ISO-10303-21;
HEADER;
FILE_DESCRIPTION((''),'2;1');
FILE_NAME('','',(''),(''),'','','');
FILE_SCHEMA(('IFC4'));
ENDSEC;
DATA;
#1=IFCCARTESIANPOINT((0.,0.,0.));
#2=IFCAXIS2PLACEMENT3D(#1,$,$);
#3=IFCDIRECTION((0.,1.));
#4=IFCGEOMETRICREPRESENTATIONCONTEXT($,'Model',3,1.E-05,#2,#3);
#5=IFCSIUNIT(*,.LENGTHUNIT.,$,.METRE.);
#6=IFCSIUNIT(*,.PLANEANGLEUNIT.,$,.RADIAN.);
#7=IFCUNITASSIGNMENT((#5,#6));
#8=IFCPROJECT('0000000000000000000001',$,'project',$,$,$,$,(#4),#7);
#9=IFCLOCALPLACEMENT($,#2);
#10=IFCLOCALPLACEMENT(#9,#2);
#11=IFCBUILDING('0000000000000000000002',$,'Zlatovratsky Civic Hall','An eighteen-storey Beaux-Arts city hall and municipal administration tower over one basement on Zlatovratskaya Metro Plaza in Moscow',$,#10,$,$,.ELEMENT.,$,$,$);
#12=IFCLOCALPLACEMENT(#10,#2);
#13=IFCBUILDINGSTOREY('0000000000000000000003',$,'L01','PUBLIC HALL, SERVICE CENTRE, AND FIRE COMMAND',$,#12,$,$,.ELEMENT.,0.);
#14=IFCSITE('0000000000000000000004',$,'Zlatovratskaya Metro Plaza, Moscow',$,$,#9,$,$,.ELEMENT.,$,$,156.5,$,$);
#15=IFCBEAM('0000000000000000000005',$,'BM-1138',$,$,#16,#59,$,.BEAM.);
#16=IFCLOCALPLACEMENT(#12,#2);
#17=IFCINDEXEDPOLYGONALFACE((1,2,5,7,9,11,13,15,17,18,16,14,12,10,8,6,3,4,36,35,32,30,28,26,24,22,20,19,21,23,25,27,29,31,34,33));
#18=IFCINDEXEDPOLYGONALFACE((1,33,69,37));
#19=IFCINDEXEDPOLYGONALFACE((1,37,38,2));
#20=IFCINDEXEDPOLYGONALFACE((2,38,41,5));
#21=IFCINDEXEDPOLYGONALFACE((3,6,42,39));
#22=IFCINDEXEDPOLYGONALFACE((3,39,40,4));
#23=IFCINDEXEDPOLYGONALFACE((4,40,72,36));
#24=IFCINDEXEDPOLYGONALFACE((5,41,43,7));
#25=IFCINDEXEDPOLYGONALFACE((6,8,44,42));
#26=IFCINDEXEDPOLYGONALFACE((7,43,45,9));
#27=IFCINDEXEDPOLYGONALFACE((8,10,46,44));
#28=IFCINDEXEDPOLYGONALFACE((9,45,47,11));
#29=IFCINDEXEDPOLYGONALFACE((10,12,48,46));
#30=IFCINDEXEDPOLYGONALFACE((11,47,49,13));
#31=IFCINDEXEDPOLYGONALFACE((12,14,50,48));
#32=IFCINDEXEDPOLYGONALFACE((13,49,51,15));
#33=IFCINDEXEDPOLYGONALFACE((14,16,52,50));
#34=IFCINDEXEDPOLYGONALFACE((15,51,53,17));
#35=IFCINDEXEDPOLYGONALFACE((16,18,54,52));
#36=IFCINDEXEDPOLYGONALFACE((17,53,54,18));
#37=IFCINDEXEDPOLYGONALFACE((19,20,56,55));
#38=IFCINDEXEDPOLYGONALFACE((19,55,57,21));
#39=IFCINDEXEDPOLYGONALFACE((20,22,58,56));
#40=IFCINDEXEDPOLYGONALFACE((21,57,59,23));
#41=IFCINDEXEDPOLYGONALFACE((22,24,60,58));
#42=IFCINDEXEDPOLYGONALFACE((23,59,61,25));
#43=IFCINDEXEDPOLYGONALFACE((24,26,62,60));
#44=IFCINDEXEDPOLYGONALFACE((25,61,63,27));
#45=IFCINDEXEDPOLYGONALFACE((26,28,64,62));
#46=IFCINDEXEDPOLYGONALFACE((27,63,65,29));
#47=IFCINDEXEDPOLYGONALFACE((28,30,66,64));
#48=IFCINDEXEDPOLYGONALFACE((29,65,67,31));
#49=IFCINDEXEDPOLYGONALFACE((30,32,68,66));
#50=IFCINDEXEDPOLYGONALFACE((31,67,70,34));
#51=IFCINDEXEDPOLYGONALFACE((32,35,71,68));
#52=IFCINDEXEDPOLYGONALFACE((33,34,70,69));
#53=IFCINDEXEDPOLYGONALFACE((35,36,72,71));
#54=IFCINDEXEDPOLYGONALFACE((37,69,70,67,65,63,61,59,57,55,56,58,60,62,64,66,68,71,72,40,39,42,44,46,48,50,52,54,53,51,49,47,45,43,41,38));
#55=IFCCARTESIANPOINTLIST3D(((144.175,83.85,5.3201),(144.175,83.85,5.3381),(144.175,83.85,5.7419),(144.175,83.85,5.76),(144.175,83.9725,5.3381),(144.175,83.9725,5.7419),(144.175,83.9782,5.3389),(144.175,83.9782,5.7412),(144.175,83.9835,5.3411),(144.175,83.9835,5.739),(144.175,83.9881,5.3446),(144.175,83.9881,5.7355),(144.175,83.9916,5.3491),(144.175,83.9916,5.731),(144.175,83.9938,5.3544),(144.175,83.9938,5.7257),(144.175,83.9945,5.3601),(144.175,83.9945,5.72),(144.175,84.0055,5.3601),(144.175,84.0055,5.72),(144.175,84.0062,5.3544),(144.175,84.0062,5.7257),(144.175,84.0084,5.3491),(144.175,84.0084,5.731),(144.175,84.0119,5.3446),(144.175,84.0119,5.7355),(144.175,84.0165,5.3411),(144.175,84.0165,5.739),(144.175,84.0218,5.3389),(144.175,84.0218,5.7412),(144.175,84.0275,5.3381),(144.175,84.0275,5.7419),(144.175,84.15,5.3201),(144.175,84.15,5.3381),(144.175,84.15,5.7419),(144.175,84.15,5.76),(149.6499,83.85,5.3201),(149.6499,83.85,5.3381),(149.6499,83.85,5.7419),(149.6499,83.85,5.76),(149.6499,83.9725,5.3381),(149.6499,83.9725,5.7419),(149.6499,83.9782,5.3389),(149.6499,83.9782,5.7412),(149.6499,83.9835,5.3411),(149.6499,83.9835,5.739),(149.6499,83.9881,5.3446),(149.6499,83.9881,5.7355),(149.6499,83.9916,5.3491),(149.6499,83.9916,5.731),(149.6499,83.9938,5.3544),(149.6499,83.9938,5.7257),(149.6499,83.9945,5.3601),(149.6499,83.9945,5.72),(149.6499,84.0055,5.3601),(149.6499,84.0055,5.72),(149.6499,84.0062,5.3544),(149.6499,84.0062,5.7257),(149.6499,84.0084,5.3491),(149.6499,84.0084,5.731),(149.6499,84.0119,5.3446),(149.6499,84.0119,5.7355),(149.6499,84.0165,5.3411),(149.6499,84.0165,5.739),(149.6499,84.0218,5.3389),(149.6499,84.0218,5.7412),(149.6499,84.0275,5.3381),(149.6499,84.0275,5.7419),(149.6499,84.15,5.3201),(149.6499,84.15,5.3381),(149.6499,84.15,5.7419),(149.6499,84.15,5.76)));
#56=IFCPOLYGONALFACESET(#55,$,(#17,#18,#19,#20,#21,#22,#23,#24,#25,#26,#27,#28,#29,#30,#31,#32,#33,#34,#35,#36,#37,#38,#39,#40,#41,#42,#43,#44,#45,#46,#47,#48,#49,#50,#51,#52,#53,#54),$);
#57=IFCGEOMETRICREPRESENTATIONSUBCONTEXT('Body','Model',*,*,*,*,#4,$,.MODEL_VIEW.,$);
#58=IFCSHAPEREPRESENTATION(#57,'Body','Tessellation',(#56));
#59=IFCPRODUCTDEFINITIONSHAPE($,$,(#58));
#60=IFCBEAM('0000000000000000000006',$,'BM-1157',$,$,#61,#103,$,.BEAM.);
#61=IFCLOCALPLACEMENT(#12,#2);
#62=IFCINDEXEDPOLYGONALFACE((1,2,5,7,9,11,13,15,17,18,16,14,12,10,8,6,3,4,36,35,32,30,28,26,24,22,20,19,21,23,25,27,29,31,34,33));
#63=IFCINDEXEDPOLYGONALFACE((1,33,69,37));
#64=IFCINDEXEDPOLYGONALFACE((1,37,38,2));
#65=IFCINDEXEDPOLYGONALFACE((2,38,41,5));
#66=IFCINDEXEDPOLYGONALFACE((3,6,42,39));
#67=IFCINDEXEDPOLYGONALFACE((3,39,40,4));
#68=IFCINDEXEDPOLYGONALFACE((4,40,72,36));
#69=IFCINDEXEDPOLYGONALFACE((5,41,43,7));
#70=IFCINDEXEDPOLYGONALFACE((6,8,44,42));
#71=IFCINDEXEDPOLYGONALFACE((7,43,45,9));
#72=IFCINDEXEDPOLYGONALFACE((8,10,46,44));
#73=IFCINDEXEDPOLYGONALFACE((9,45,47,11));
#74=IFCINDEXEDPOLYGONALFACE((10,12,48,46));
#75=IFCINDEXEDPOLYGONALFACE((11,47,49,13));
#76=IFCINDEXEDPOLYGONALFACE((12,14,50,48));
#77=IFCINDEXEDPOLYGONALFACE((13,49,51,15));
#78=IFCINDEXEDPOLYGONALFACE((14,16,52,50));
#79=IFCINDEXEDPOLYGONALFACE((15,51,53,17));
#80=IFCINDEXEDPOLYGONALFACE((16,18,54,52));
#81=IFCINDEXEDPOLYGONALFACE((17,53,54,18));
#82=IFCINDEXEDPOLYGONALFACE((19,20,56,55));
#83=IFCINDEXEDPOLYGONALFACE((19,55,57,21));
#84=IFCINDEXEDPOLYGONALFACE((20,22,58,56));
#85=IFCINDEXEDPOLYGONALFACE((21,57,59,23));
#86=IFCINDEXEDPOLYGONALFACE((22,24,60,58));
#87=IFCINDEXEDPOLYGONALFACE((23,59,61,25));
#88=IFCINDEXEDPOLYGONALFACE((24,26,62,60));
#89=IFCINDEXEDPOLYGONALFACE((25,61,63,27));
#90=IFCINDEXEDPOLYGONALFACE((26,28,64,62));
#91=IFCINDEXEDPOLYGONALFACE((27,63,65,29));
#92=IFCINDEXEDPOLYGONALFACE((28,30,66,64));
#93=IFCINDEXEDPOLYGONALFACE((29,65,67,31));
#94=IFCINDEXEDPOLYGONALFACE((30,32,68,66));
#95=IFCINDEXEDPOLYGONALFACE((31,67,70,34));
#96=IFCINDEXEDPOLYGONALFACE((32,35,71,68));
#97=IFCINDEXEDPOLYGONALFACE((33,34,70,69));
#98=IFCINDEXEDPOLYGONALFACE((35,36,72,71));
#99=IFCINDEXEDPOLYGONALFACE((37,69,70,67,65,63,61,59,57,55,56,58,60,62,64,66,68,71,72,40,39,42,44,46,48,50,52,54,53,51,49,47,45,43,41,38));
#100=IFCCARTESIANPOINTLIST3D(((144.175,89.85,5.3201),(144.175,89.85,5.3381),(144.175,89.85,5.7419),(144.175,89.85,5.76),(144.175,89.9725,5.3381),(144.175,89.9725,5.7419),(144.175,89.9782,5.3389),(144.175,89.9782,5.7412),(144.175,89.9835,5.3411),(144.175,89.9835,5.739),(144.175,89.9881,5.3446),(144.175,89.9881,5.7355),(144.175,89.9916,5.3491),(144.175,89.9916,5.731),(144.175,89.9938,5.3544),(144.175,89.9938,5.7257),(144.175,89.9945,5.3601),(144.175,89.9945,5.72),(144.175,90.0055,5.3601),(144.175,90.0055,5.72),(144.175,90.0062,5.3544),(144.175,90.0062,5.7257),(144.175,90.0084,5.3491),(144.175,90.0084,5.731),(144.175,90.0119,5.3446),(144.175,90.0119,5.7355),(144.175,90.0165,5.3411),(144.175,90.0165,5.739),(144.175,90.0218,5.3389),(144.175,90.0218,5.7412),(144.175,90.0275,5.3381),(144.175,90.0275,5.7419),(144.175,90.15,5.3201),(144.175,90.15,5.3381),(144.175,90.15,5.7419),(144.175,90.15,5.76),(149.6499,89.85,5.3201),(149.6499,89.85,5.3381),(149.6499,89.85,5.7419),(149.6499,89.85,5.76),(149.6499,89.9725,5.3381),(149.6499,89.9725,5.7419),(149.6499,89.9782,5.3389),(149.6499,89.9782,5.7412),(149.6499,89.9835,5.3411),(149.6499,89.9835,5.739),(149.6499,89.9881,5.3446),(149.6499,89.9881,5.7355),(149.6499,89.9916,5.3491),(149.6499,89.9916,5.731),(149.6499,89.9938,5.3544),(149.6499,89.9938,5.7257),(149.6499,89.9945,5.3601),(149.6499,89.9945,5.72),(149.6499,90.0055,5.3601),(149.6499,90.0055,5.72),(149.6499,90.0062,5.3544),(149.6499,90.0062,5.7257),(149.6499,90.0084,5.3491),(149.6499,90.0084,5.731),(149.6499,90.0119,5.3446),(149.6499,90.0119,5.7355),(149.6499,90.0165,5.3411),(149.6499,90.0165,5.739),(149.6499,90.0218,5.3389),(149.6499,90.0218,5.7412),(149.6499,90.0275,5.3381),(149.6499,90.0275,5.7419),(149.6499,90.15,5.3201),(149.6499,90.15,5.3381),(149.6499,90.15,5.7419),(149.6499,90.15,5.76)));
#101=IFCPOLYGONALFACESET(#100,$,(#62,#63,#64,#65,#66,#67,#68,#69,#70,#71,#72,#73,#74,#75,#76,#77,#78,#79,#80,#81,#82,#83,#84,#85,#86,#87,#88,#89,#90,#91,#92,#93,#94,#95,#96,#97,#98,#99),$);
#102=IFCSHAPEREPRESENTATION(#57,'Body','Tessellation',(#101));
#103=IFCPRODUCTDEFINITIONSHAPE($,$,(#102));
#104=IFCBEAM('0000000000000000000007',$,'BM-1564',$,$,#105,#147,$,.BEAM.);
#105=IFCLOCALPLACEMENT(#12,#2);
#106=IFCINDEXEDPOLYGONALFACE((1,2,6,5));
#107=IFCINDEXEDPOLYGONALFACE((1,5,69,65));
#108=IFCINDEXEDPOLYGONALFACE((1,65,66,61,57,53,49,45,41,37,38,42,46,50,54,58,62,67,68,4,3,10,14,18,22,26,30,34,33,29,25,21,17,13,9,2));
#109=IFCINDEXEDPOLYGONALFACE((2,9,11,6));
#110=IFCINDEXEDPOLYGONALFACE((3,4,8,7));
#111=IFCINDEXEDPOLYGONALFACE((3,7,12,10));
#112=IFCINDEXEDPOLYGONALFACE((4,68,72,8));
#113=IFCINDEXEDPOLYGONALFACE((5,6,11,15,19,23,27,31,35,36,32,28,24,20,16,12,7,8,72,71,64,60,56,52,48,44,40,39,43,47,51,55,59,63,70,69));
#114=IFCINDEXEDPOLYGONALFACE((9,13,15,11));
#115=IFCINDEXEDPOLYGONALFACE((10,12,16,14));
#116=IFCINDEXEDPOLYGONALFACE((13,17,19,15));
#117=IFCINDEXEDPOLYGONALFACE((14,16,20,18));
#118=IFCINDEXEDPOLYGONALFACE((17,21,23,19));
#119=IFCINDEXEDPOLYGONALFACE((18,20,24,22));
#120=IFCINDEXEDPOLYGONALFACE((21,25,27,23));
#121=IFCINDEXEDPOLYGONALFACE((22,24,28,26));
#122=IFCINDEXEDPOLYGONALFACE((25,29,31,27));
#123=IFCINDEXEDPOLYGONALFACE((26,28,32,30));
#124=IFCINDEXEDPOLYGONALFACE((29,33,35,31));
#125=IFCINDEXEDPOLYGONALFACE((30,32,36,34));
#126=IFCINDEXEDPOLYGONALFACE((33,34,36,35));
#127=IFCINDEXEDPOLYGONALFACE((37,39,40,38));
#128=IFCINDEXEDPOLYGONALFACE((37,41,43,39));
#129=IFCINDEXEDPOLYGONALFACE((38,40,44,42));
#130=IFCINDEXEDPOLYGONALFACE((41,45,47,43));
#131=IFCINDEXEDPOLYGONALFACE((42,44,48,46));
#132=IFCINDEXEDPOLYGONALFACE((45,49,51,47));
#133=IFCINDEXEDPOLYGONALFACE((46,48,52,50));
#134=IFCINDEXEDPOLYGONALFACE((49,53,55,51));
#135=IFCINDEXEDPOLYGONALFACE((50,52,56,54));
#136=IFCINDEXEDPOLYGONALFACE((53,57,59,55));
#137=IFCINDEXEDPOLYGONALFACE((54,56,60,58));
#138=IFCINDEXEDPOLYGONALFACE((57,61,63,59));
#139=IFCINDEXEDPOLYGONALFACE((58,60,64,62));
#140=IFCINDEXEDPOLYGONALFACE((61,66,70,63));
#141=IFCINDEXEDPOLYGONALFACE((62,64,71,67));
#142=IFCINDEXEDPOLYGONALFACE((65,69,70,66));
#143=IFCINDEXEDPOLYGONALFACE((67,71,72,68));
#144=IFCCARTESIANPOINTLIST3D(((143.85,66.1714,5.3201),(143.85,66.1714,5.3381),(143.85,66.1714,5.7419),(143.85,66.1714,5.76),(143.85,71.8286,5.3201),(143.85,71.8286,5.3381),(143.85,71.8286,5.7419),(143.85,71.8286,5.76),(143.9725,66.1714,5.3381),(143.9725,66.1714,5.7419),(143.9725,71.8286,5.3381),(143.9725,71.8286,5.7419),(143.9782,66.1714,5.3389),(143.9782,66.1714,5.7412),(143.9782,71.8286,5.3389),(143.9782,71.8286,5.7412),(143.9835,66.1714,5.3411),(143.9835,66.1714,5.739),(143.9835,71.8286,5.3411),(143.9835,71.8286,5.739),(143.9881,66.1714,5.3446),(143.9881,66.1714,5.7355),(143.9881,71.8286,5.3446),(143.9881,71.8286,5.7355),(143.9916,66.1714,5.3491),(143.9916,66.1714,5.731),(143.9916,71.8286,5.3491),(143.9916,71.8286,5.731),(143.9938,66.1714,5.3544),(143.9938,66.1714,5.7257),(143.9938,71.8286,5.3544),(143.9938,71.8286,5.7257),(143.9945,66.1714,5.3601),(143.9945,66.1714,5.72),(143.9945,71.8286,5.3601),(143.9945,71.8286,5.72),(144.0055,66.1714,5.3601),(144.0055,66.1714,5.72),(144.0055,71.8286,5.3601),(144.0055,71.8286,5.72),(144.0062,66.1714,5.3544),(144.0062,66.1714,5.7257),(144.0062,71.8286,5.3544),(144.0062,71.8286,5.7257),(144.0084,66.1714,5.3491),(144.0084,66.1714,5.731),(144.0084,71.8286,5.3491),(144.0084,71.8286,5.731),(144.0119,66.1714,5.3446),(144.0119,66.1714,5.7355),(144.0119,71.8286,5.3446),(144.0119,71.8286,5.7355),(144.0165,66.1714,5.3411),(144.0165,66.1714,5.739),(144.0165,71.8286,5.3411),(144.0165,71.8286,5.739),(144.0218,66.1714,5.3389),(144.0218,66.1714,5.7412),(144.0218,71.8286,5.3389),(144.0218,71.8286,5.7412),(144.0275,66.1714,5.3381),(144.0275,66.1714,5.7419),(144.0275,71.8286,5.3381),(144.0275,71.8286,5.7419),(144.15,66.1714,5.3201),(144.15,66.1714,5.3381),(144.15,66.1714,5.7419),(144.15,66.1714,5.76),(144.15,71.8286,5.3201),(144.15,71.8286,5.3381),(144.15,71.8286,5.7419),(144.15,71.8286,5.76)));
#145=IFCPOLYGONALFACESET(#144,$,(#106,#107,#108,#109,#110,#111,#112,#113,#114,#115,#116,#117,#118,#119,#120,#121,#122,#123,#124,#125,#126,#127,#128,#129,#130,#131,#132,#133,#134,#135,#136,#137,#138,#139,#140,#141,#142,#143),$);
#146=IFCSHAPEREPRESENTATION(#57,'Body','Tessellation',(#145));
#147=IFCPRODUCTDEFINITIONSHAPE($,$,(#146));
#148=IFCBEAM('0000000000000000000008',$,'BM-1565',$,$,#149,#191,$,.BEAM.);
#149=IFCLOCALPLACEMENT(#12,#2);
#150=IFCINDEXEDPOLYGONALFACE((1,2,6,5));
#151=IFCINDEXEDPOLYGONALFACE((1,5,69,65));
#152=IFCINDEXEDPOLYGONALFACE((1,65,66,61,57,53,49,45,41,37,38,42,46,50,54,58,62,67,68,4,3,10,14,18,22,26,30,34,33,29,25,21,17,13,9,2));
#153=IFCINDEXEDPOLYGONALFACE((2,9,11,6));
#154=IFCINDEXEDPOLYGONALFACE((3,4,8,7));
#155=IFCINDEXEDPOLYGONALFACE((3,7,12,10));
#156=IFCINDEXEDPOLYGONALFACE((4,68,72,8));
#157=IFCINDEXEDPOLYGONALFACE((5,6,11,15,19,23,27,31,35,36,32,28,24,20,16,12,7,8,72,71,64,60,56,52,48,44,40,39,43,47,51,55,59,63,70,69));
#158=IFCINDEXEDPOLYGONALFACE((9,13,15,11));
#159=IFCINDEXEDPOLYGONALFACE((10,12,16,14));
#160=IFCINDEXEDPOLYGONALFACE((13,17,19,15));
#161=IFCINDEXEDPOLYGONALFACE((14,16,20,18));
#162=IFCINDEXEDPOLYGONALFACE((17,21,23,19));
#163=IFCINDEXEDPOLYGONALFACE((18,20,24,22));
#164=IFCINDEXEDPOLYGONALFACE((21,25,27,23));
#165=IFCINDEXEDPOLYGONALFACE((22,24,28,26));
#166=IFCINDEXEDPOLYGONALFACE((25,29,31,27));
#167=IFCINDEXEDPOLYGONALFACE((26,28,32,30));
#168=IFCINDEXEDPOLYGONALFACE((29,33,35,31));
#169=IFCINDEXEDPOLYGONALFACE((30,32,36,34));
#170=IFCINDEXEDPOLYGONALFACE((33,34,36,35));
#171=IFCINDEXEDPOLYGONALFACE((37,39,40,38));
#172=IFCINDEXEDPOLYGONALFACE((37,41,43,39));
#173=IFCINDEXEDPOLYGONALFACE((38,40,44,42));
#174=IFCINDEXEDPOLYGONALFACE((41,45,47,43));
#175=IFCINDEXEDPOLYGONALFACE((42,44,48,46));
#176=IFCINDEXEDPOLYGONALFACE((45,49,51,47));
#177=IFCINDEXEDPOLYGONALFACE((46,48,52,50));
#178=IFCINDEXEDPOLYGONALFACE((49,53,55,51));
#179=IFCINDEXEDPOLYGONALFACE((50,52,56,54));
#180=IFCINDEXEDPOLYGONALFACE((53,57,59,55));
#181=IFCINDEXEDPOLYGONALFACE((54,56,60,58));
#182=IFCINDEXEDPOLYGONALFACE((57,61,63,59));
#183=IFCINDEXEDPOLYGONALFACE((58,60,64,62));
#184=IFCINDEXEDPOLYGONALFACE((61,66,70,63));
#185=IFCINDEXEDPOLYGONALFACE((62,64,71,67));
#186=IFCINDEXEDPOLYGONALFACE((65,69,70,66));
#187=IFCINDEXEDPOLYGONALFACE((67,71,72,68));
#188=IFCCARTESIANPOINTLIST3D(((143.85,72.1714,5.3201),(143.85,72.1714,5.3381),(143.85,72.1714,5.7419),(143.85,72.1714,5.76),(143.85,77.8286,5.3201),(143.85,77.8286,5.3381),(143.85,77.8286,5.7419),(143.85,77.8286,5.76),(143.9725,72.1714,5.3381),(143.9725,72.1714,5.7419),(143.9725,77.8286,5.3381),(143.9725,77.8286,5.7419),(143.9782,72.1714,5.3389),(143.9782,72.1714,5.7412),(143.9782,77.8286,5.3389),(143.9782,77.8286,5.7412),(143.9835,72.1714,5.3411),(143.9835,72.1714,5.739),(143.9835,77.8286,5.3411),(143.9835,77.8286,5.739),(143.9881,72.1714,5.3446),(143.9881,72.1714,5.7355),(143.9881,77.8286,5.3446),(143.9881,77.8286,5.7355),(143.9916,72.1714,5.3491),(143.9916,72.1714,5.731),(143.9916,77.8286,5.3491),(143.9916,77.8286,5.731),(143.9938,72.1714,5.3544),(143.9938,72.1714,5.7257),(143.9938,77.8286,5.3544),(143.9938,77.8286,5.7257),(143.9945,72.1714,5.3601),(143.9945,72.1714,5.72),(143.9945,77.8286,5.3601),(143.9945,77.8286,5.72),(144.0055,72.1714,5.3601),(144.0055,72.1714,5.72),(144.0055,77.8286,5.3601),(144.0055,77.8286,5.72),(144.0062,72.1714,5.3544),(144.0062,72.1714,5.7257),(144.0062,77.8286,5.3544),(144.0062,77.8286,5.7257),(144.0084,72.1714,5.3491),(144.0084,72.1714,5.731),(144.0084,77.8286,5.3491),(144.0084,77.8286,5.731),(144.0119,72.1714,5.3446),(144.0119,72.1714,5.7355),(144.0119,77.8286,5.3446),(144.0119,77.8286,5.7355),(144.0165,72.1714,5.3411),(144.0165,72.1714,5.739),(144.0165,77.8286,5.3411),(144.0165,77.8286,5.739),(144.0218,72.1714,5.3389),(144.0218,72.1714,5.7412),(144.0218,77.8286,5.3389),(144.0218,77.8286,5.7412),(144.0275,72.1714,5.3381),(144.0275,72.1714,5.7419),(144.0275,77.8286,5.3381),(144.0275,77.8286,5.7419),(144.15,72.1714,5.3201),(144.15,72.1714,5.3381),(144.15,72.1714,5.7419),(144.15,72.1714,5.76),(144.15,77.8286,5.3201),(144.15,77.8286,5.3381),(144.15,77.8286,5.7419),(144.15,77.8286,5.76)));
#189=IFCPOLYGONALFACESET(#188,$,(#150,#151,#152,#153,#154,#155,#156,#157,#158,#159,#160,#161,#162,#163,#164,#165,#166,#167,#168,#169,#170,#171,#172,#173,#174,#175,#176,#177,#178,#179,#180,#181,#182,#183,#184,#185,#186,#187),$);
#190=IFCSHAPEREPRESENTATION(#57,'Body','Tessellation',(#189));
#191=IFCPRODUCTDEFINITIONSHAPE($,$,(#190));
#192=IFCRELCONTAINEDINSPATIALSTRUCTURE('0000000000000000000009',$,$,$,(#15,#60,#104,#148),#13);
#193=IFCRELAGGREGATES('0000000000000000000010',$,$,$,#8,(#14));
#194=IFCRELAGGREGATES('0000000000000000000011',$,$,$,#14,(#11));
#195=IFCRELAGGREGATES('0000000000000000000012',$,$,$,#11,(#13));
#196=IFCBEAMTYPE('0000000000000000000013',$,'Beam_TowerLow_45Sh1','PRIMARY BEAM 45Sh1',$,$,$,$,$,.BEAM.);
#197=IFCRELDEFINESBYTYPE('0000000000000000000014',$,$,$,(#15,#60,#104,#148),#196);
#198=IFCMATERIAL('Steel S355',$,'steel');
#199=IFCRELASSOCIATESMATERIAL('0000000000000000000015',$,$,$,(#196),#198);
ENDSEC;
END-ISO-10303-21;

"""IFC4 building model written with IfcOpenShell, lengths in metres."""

from ifc_helpers import new_model, si_unit, direction, frame, origin, origin_2d, place, context, subcontext, project, spatial, i_section, extrude, material, material_profile, profile_set, type_object, element, save


model = new_model("IFC4")

# Units and contexts
model_context = context("Model", 3, precision=1e-05, world=origin(), true_north=direction((0.0, 1.0)))
body_context = subcontext(model_context, "Body", "Model", "MODEL_VIEW")
ifc_project = project(units=[si_unit("LENGTHUNIT", "METRE"), si_unit("PLANEANGLEUNIT", "RADIAN")], contexts=[model_context])

# Site, building, storey
site_placement = place(None, origin())
site = spatial("IfcSite", under=ifc_project, at=site_placement, Name="Zlatovratskaya Metro Plaza, Moscow", CompositionType="ELEMENT", RefElevation=156.5)
building_placement = place(site_placement, origin())
building = spatial("IfcBuilding", under=site, at=building_placement, Name="Zlatovratsky Civic Hall", Description="An eighteen-storey Beaux-Arts city hall and municipal administration tower over one basement on Zlatovratskaya Metro Plaza in Moscow", CompositionType="ELEMENT")
storey_placement = place(building_placement, origin())
storey = spatial("IfcBuildingStorey", under=building, at=storey_placement, Name="L01", Description="PUBLIC HALL, SERVICE CENTRE, AND FIRE COMMAND", CompositionType="ELEMENT", Elevation=0.0)

# Shared definitions
ifc_material_1 = material(Name="Steel S355", Category="steel")

# Beams
ifc_material_profile_1 = material_profile(ifc_material_1, i_section(OverallWidth=0.3, OverallDepth=0.4399, WebThickness=0.011, FlangeThickness=0.0181, FilletRadius=0.022, at=origin_2d()), Name="45Sh1")
ifc_profile_set_1 = profile_set([ifc_material_profile_1], Name="Steel S355")
beam_type_1 = type_object("IfcBeamType", Name="Beam_TowerLow_45Sh1", Description="PRIMARY BEAM 45Sh1", PredefinedType="BEAM", material=ifc_profile_set_1)
for number, where, z_axis, x_axis, name in (
    (1, (144.175, 84.0, 5.54), (1.0, 0.0, 0.0), (0.0, 1.0, 0.0), "BM-1138"),
    (2, (144.175, 90.0, 5.54), (1.0, 0.0, 0.0), (0.0, 1.0, 0.0), "BM-1157"),
):
    element("IfcBeam", number, at=place(storey_placement, frame(where, z_axis=z_axis, x_axis=x_axis)), inside=storey, type_object=beam_type_1, Name=name, PredefinedType="BEAM", context=body_context, shape_type="SweptSolid", body=[
        extrude(i_section(OverallWidth=0.3, OverallDepth=0.4399, WebThickness=0.011, FlangeThickness=0.0181, FilletRadius=0.022, at=origin_2d()), origin(), (0.0, 0.0, 1.0), 5.4749),
    ])
for number, where, z_axis, x_axis, name in (
    (3, (144.0, 66.1714, 5.54), (0.0, 1.0, 0.0), (-1.0, 0.0, 0.0), "BM-1564"),
    (4, (144.0, 72.1714, 5.54), (0.0, 1.0, 0.0), (-1.0, 0.0, 0.0), "BM-1565"),
):
    element("IfcBeam", number, at=place(storey_placement, frame(where, z_axis=z_axis, x_axis=x_axis)), inside=storey, type_object=beam_type_1, Name=name, PredefinedType="BEAM", context=body_context, shape_type="SweptSolid", body=[
        extrude(i_section(OverallWidth=0.3, OverallDepth=0.4399, WebThickness=0.011, FlangeThickness=0.0181, FilletRadius=0.022, at=origin_2d()), origin(), (0.0, 0.0, 1.0), 5.6572),
    ])

save(model, "model.ifc")
